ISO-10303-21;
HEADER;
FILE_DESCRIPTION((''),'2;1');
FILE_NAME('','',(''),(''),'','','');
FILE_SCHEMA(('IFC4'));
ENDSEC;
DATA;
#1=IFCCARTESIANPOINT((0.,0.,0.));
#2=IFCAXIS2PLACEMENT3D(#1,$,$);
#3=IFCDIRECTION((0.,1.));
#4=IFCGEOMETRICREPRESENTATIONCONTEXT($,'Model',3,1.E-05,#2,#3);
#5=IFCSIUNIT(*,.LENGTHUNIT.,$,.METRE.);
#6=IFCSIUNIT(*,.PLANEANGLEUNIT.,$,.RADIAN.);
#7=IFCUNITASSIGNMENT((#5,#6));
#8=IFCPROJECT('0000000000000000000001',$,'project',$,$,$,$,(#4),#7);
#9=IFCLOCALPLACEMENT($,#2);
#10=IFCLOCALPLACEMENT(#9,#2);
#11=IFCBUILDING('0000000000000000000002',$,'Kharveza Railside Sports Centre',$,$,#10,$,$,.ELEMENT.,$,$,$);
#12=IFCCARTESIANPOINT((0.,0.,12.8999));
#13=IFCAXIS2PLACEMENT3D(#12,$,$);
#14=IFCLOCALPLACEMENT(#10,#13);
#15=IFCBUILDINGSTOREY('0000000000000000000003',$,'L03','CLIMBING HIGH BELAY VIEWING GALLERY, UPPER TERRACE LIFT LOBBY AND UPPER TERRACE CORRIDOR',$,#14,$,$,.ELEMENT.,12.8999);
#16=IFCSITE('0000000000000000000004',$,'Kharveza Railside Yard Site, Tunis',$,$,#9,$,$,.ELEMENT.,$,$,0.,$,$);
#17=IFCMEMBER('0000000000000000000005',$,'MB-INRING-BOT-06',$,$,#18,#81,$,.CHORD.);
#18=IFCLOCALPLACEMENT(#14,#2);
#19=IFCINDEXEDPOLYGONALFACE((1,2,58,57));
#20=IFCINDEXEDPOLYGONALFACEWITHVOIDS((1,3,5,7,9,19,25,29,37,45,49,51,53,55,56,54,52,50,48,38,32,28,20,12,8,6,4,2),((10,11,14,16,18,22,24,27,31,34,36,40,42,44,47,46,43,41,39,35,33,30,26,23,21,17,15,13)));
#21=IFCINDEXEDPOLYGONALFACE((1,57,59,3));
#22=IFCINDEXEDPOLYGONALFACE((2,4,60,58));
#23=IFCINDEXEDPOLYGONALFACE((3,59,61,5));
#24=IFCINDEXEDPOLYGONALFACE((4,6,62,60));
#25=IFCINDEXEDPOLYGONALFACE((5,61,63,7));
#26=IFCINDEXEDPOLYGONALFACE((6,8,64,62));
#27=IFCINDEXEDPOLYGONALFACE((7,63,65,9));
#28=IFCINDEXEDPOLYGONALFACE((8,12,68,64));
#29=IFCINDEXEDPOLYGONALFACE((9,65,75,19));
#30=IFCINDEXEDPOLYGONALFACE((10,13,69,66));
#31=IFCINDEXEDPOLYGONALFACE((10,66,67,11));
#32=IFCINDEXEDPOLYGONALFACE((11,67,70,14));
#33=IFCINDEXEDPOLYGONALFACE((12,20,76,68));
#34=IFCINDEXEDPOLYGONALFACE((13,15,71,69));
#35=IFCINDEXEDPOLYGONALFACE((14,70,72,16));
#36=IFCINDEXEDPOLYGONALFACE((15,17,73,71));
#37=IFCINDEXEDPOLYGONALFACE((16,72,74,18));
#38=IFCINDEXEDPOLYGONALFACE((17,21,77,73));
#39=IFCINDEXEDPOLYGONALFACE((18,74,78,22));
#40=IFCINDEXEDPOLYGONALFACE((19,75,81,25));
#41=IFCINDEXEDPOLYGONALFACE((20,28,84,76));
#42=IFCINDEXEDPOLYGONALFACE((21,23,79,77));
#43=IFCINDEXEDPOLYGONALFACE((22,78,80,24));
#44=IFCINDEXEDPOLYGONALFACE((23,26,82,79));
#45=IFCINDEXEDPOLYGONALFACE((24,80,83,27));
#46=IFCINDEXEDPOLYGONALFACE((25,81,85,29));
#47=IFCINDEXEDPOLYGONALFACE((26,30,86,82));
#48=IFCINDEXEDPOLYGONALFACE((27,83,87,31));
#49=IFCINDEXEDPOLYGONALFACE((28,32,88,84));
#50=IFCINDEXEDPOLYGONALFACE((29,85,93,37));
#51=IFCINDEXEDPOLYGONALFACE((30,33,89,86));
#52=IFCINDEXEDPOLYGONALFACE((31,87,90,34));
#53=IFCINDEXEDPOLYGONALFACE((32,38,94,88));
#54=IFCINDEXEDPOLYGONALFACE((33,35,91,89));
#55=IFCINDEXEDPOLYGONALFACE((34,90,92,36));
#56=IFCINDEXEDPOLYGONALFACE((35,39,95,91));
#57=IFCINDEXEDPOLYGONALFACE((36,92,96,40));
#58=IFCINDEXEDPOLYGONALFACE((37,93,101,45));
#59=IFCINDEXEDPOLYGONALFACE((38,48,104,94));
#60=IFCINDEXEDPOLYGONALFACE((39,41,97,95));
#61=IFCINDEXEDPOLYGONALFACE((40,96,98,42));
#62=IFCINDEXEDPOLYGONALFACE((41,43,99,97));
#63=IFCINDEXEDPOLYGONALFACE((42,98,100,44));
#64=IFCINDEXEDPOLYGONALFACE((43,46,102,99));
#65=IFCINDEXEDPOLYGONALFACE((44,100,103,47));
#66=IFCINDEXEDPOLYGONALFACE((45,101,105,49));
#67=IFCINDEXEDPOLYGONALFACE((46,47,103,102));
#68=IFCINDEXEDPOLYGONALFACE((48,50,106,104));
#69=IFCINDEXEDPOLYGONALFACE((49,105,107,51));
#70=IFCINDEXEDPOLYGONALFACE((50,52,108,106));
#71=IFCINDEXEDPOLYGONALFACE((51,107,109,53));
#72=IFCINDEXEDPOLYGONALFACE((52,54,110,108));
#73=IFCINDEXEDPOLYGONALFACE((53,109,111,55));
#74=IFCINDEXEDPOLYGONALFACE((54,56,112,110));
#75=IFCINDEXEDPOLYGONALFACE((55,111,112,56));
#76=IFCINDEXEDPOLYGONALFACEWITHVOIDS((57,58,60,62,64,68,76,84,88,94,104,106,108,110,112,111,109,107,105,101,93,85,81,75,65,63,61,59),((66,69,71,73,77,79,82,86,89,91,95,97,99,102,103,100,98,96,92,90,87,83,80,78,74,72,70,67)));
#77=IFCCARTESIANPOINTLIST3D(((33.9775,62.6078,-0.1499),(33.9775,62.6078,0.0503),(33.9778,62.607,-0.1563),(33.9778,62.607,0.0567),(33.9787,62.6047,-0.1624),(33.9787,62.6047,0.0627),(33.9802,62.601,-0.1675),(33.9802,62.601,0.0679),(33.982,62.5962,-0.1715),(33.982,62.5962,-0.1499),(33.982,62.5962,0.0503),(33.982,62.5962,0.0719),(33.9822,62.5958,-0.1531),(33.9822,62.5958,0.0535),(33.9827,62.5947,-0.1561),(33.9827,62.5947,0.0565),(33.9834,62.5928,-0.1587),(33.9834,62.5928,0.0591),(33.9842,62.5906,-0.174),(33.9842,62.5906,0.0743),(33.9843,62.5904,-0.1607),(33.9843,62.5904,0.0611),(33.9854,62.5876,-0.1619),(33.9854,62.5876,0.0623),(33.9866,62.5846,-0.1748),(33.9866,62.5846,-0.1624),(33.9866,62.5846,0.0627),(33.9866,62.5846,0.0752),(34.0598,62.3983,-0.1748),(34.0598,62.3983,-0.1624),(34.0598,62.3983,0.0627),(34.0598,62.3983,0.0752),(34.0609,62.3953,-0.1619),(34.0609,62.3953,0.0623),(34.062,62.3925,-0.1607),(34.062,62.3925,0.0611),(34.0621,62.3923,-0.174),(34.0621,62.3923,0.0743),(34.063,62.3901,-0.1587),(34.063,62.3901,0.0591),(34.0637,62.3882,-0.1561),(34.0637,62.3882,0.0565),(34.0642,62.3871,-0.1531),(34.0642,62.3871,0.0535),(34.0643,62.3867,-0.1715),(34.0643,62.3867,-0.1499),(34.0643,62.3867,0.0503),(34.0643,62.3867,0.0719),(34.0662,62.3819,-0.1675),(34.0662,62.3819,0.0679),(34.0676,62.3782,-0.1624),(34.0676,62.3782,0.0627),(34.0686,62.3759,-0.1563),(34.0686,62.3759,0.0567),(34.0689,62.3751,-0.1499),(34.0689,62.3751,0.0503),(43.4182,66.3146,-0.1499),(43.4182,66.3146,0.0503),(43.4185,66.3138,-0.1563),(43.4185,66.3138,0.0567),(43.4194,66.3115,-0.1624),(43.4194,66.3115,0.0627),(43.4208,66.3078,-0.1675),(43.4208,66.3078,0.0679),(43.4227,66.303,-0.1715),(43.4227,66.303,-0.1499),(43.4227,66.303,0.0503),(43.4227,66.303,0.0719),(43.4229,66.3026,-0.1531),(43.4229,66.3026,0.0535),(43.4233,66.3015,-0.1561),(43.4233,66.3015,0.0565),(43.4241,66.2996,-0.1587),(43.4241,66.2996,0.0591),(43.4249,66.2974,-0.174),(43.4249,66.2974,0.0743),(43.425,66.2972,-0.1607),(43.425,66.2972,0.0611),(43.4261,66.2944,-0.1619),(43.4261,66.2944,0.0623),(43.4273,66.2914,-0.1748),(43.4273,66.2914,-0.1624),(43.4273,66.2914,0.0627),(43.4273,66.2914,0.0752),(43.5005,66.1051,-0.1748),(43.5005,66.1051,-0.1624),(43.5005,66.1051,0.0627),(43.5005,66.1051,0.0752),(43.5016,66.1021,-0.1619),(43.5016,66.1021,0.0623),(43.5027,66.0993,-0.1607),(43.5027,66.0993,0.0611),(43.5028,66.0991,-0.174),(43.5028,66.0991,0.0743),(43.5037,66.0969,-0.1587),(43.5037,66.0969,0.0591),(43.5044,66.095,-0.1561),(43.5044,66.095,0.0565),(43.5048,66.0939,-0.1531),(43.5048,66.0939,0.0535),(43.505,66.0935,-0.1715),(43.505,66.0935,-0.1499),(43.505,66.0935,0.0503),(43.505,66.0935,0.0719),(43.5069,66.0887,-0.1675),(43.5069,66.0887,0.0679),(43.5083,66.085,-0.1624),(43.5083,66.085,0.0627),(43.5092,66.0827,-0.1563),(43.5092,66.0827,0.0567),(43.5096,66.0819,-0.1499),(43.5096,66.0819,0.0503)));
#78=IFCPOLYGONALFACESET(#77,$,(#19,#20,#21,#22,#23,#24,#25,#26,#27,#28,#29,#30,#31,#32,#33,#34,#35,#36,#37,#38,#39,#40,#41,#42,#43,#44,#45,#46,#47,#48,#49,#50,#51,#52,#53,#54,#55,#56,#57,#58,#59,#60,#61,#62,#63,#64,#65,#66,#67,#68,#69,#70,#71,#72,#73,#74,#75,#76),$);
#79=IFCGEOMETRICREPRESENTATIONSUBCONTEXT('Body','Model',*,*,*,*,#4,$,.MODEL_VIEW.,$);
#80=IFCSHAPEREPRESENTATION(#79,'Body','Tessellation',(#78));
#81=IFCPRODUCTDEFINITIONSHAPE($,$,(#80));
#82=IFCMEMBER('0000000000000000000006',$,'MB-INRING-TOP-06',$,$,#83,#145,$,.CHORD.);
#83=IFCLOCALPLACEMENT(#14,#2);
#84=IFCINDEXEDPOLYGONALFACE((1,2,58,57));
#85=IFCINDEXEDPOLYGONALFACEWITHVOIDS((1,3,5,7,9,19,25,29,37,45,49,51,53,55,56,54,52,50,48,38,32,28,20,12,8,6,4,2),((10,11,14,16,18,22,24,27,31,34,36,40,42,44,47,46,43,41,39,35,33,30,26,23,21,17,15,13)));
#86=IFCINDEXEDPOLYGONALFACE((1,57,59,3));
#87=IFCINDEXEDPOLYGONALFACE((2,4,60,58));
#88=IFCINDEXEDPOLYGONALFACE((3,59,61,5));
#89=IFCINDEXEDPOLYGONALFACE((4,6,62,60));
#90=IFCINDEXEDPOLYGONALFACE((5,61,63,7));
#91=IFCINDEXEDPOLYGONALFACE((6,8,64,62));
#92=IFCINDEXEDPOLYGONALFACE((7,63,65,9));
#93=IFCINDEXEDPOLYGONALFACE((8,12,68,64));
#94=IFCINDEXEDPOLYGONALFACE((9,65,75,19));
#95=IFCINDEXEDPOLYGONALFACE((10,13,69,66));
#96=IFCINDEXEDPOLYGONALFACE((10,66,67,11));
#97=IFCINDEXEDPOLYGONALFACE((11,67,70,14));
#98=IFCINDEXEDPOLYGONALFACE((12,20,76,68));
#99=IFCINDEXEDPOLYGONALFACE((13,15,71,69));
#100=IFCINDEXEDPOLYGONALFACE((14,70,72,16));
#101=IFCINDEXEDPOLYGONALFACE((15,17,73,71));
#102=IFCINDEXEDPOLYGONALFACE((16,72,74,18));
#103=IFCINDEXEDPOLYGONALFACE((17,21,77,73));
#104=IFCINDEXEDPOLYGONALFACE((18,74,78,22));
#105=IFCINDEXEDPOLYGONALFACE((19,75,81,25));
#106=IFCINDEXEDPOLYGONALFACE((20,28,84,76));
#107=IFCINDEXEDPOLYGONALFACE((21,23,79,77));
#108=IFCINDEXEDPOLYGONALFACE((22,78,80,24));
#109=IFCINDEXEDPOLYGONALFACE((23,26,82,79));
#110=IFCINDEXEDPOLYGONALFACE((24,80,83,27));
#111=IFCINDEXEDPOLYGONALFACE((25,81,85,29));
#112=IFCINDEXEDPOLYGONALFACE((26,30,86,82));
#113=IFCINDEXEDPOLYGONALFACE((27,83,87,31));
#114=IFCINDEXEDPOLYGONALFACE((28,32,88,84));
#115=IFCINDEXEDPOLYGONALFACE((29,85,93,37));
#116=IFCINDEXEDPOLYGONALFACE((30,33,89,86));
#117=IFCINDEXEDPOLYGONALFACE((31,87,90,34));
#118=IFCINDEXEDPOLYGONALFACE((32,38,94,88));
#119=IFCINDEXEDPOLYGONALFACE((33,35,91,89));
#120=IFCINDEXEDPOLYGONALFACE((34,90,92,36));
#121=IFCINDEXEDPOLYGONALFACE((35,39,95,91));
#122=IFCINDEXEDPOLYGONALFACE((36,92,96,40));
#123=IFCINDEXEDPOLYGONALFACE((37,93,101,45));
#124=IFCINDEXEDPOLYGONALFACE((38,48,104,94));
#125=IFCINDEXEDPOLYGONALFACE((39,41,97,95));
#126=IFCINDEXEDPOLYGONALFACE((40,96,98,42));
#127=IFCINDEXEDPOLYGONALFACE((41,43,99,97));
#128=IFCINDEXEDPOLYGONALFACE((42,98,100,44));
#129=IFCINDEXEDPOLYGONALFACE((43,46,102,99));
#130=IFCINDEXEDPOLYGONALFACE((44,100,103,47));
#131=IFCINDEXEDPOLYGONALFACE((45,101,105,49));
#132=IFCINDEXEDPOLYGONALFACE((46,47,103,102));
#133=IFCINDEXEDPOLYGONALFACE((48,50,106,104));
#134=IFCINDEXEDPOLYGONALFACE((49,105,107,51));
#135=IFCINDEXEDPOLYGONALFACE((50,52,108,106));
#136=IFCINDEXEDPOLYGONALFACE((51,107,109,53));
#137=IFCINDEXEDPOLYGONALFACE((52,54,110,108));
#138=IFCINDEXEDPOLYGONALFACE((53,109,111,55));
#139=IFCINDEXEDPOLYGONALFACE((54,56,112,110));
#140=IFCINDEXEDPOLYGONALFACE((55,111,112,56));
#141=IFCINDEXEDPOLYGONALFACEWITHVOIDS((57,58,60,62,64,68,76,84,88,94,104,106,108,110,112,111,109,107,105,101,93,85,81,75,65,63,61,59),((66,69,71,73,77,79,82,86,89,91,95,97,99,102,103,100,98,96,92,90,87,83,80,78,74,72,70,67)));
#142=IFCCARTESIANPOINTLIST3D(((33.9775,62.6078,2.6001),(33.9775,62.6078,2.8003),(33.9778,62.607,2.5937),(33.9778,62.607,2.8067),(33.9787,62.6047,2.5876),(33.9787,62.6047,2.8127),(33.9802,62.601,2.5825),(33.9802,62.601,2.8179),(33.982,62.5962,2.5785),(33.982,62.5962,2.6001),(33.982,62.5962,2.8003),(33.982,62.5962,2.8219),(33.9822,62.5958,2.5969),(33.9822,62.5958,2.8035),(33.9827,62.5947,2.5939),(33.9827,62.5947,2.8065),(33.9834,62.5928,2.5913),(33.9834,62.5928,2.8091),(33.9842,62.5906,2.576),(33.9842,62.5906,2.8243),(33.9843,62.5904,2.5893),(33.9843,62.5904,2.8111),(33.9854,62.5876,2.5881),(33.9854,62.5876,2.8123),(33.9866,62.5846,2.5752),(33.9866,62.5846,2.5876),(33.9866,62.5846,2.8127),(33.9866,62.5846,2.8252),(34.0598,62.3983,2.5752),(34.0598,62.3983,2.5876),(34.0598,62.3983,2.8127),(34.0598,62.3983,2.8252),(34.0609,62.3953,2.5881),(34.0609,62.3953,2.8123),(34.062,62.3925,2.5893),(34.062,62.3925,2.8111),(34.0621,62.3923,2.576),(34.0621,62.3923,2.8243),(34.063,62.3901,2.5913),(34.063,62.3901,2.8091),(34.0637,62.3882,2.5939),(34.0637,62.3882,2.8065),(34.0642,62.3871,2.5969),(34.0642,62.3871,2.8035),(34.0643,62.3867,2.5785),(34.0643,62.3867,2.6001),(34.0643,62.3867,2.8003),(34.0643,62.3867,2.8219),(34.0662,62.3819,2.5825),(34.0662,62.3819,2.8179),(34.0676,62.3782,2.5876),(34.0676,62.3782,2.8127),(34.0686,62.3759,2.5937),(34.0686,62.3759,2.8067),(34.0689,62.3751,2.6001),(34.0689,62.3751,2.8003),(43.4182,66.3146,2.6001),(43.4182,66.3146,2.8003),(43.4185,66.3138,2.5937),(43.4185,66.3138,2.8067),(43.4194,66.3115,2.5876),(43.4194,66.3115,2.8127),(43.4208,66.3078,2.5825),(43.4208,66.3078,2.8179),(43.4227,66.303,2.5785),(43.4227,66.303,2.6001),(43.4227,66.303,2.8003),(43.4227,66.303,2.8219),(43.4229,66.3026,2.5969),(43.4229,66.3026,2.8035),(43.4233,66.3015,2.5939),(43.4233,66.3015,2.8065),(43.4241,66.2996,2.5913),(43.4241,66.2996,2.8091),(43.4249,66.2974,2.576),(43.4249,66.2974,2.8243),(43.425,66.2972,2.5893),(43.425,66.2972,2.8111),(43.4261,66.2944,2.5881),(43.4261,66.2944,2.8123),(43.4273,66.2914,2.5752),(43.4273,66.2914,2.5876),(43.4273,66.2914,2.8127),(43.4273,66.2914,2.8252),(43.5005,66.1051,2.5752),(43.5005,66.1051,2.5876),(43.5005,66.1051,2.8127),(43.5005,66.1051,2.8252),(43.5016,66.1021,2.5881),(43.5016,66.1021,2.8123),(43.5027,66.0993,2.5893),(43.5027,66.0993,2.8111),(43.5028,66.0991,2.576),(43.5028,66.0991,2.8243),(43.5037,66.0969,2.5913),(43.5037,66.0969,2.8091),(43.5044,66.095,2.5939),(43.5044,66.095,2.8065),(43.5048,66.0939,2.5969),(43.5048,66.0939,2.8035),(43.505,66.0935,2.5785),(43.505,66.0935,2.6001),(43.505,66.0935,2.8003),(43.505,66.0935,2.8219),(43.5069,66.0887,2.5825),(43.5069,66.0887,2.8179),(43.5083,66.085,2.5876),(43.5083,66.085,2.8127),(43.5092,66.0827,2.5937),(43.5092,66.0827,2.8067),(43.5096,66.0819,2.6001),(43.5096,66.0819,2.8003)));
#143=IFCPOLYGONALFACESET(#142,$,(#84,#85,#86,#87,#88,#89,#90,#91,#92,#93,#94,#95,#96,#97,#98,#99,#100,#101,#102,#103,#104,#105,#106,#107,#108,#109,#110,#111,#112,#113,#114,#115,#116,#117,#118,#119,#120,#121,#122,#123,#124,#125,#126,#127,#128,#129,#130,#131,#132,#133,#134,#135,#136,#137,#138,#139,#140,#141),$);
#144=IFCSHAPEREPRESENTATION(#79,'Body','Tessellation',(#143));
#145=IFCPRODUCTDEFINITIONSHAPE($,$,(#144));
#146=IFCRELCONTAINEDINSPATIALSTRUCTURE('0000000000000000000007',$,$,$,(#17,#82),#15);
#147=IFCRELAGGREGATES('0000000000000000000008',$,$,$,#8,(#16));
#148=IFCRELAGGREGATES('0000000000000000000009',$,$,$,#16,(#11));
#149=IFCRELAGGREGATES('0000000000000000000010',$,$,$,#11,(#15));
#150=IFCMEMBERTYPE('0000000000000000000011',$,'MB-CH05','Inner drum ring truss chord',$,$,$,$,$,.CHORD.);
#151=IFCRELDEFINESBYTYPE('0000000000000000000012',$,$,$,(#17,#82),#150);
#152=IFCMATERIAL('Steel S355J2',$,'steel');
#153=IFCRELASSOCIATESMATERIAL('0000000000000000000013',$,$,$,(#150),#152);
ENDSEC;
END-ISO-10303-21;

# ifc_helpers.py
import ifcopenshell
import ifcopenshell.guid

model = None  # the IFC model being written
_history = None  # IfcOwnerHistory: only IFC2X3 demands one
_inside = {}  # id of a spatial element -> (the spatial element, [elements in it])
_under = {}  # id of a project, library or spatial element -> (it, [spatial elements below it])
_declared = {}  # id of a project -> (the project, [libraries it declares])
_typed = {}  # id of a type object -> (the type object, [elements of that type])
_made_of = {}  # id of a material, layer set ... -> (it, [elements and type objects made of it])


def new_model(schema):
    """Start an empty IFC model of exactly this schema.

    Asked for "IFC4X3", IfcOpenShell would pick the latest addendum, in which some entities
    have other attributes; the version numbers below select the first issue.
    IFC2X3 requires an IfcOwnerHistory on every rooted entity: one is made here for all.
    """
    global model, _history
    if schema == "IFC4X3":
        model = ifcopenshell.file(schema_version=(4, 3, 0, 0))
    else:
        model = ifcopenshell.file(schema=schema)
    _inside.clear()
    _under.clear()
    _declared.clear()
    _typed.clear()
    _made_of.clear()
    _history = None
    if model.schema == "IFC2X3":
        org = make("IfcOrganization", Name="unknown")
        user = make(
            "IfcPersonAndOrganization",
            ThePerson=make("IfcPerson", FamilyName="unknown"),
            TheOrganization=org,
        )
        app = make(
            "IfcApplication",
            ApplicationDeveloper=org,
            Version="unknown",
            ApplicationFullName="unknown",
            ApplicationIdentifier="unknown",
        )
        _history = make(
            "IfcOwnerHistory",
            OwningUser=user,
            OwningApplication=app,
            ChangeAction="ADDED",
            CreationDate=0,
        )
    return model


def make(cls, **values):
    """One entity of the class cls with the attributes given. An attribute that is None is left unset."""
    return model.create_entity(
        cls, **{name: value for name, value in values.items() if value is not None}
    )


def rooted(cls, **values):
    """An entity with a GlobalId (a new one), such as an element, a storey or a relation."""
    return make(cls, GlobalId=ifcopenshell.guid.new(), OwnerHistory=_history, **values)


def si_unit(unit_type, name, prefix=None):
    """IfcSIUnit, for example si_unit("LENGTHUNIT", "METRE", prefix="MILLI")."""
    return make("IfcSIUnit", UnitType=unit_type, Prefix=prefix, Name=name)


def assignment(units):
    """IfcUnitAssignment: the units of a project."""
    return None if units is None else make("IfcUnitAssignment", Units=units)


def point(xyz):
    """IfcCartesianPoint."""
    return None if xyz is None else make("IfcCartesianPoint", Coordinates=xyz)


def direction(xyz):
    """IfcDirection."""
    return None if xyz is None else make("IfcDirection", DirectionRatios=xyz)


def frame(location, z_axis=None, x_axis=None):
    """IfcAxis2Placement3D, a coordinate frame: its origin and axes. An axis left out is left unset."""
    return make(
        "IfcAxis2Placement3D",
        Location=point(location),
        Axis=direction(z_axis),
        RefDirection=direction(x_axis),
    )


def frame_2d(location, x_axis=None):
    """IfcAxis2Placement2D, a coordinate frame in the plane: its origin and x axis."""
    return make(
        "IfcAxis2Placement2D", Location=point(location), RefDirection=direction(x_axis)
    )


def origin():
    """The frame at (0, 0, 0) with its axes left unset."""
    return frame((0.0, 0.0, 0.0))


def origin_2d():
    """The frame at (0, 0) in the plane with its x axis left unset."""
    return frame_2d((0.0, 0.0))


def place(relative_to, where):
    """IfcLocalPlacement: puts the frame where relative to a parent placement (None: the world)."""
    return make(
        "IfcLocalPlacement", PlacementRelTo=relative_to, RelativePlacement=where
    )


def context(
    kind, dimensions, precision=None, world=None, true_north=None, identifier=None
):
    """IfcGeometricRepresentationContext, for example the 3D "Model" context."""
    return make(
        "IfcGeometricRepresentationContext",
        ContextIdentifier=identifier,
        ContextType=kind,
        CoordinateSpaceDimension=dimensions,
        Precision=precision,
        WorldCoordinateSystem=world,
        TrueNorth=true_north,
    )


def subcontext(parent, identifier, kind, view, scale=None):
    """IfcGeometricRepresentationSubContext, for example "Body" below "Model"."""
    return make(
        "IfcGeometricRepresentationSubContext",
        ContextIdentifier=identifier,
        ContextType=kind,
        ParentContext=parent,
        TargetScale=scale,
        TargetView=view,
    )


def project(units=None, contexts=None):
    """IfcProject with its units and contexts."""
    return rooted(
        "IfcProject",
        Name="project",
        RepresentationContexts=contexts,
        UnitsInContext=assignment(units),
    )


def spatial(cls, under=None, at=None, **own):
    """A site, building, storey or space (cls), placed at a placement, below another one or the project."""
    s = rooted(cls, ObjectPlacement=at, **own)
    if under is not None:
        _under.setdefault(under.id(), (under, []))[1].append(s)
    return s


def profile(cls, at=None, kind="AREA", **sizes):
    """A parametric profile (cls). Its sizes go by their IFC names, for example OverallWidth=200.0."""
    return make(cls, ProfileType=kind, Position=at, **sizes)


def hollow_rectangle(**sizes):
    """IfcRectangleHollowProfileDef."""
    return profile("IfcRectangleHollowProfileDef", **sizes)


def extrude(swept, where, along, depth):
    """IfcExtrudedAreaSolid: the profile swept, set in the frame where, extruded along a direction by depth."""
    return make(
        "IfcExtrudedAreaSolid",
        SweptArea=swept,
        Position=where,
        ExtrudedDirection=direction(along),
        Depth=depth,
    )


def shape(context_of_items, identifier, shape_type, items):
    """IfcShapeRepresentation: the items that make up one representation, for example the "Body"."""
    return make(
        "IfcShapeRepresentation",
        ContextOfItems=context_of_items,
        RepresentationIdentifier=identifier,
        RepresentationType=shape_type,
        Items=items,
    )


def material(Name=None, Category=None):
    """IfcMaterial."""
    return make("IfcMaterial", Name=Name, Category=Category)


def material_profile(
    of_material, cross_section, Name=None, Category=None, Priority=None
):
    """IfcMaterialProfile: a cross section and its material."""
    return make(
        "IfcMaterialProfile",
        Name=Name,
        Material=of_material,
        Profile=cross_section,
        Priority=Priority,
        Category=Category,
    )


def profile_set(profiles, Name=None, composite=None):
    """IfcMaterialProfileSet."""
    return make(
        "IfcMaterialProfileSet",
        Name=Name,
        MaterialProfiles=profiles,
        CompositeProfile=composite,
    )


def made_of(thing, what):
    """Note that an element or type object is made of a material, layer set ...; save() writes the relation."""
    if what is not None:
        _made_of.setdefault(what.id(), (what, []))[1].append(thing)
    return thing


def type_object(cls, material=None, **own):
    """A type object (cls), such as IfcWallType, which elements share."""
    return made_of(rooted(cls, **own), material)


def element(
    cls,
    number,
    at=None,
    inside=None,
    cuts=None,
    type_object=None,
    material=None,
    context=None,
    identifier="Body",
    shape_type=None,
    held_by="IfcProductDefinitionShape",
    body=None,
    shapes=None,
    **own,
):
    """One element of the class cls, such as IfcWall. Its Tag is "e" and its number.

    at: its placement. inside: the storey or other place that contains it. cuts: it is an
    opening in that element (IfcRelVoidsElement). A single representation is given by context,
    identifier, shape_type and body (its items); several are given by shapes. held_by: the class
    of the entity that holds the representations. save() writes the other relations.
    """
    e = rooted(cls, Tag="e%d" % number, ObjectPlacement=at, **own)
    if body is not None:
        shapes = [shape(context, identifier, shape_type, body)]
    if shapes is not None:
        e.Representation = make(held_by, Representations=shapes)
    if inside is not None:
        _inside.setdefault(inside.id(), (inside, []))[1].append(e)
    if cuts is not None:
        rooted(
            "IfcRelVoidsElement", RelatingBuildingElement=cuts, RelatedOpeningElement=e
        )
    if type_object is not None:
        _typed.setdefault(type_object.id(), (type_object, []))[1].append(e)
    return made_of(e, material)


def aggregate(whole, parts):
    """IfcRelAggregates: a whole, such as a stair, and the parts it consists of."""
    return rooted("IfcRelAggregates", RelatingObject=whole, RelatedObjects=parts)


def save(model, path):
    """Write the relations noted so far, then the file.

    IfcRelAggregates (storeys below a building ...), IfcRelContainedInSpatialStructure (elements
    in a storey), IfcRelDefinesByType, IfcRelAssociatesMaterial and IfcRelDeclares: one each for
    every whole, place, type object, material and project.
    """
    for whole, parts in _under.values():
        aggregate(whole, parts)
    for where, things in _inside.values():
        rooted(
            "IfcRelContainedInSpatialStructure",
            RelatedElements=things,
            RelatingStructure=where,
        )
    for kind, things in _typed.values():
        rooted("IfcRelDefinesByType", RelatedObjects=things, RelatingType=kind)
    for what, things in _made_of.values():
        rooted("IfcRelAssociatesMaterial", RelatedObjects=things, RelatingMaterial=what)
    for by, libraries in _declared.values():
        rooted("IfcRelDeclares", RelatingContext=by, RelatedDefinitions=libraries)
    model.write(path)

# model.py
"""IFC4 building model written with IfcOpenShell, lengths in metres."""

from ifc_helpers import new_model, si_unit, direction, frame, origin, origin_2d, place, context, subcontext, project, spatial, hollow_rectangle, extrude, material, material_profile, profile_set, type_object, element, save


model = new_model("IFC4")

# Units and contexts
model_context = context("Model", 3, precision=1e-05, world=origin(), true_north=direction((0.0, 1.0)))
body_context = subcontext(model_context, "Body", "Model", "MODEL_VIEW")
ifc_project = project(units=[si_unit("LENGTHUNIT", "METRE"), si_unit("PLANEANGLEUNIT", "RADIAN")], contexts=[model_context])

# Site, building, storey
site_placement = place(None, origin())
site = spatial("IfcSite", under=ifc_project, at=site_placement, Name="Kharveza Railside Yard Site, Tunis", CompositionType="ELEMENT", RefElevation=0.0)
building_placement = place(site_placement, origin())
building = spatial("IfcBuilding", under=site, at=building_placement, Name="Kharveza Railside Sports Centre", CompositionType="ELEMENT")
storey_placement = place(building_placement, frame((0.0, 0.0, 12.8999)))
storey = spatial("IfcBuildingStorey", under=building, at=storey_placement, Name="L03", Description="CLIMBING HIGH BELAY VIEWING GALLERY, UPPER TERRACE LIFT LOBBY AND UPPER TERRACE CORRIDOR", CompositionType="ELEMENT", Elevation=12.8999)

# Members
ifc_material_1 = material(Name="Steel S355J2", Category="steel")
ifc_material_profile_1 = material_profile(ifc_material_1, hollow_rectangle(XDim=0.25, YDim=0.25, WallThickness=0.0125, InnerFilletRadius=0.0125, OuterFilletRadius=0.0249, at=origin_2d()), Name="SHS 250x250x12.5")
ifc_profile_set_1 = profile_set([ifc_material_profile_1], Name="Steel S355J2")
member_type_1 = type_object("IfcMemberType", Name="MB-CH05", Description="Inner drum ring truss chord", PredefinedType="CHORD", material=ifc_profile_set_1)
for number, where, z_axis, x_axis, name in (
    (1, (43.4639, 66.1982, -0.0498), (-0.93082, -0.365477, 0.0), (0.365477, -0.93082, 0.0), "MB-INRING-BOT-06"),
    (2, (43.4639, 66.1982, 2.7002), (-0.93082, -0.365477, 0.0), (0.365477, -0.93082, 0.0), "MB-INRING-TOP-06"),
):
    element("IfcMember", number, at=place(storey_placement, frame(where, z_axis=z_axis, x_axis=x_axis)), inside=storey, type_object=member_type_1, Name=name, PredefinedType="CHORD", context=body_context, shape_type="SweptSolid", body=[
        extrude(hollow_rectangle(XDim=0.25, YDim=0.25, WallThickness=0.0125, InnerFilletRadius=0.0125, OuterFilletRadius=0.0249, at=origin_2d()), origin(), (0.0, 0.0, 1.0), 10.1423),
    ])

save(model, "model.ifc")
